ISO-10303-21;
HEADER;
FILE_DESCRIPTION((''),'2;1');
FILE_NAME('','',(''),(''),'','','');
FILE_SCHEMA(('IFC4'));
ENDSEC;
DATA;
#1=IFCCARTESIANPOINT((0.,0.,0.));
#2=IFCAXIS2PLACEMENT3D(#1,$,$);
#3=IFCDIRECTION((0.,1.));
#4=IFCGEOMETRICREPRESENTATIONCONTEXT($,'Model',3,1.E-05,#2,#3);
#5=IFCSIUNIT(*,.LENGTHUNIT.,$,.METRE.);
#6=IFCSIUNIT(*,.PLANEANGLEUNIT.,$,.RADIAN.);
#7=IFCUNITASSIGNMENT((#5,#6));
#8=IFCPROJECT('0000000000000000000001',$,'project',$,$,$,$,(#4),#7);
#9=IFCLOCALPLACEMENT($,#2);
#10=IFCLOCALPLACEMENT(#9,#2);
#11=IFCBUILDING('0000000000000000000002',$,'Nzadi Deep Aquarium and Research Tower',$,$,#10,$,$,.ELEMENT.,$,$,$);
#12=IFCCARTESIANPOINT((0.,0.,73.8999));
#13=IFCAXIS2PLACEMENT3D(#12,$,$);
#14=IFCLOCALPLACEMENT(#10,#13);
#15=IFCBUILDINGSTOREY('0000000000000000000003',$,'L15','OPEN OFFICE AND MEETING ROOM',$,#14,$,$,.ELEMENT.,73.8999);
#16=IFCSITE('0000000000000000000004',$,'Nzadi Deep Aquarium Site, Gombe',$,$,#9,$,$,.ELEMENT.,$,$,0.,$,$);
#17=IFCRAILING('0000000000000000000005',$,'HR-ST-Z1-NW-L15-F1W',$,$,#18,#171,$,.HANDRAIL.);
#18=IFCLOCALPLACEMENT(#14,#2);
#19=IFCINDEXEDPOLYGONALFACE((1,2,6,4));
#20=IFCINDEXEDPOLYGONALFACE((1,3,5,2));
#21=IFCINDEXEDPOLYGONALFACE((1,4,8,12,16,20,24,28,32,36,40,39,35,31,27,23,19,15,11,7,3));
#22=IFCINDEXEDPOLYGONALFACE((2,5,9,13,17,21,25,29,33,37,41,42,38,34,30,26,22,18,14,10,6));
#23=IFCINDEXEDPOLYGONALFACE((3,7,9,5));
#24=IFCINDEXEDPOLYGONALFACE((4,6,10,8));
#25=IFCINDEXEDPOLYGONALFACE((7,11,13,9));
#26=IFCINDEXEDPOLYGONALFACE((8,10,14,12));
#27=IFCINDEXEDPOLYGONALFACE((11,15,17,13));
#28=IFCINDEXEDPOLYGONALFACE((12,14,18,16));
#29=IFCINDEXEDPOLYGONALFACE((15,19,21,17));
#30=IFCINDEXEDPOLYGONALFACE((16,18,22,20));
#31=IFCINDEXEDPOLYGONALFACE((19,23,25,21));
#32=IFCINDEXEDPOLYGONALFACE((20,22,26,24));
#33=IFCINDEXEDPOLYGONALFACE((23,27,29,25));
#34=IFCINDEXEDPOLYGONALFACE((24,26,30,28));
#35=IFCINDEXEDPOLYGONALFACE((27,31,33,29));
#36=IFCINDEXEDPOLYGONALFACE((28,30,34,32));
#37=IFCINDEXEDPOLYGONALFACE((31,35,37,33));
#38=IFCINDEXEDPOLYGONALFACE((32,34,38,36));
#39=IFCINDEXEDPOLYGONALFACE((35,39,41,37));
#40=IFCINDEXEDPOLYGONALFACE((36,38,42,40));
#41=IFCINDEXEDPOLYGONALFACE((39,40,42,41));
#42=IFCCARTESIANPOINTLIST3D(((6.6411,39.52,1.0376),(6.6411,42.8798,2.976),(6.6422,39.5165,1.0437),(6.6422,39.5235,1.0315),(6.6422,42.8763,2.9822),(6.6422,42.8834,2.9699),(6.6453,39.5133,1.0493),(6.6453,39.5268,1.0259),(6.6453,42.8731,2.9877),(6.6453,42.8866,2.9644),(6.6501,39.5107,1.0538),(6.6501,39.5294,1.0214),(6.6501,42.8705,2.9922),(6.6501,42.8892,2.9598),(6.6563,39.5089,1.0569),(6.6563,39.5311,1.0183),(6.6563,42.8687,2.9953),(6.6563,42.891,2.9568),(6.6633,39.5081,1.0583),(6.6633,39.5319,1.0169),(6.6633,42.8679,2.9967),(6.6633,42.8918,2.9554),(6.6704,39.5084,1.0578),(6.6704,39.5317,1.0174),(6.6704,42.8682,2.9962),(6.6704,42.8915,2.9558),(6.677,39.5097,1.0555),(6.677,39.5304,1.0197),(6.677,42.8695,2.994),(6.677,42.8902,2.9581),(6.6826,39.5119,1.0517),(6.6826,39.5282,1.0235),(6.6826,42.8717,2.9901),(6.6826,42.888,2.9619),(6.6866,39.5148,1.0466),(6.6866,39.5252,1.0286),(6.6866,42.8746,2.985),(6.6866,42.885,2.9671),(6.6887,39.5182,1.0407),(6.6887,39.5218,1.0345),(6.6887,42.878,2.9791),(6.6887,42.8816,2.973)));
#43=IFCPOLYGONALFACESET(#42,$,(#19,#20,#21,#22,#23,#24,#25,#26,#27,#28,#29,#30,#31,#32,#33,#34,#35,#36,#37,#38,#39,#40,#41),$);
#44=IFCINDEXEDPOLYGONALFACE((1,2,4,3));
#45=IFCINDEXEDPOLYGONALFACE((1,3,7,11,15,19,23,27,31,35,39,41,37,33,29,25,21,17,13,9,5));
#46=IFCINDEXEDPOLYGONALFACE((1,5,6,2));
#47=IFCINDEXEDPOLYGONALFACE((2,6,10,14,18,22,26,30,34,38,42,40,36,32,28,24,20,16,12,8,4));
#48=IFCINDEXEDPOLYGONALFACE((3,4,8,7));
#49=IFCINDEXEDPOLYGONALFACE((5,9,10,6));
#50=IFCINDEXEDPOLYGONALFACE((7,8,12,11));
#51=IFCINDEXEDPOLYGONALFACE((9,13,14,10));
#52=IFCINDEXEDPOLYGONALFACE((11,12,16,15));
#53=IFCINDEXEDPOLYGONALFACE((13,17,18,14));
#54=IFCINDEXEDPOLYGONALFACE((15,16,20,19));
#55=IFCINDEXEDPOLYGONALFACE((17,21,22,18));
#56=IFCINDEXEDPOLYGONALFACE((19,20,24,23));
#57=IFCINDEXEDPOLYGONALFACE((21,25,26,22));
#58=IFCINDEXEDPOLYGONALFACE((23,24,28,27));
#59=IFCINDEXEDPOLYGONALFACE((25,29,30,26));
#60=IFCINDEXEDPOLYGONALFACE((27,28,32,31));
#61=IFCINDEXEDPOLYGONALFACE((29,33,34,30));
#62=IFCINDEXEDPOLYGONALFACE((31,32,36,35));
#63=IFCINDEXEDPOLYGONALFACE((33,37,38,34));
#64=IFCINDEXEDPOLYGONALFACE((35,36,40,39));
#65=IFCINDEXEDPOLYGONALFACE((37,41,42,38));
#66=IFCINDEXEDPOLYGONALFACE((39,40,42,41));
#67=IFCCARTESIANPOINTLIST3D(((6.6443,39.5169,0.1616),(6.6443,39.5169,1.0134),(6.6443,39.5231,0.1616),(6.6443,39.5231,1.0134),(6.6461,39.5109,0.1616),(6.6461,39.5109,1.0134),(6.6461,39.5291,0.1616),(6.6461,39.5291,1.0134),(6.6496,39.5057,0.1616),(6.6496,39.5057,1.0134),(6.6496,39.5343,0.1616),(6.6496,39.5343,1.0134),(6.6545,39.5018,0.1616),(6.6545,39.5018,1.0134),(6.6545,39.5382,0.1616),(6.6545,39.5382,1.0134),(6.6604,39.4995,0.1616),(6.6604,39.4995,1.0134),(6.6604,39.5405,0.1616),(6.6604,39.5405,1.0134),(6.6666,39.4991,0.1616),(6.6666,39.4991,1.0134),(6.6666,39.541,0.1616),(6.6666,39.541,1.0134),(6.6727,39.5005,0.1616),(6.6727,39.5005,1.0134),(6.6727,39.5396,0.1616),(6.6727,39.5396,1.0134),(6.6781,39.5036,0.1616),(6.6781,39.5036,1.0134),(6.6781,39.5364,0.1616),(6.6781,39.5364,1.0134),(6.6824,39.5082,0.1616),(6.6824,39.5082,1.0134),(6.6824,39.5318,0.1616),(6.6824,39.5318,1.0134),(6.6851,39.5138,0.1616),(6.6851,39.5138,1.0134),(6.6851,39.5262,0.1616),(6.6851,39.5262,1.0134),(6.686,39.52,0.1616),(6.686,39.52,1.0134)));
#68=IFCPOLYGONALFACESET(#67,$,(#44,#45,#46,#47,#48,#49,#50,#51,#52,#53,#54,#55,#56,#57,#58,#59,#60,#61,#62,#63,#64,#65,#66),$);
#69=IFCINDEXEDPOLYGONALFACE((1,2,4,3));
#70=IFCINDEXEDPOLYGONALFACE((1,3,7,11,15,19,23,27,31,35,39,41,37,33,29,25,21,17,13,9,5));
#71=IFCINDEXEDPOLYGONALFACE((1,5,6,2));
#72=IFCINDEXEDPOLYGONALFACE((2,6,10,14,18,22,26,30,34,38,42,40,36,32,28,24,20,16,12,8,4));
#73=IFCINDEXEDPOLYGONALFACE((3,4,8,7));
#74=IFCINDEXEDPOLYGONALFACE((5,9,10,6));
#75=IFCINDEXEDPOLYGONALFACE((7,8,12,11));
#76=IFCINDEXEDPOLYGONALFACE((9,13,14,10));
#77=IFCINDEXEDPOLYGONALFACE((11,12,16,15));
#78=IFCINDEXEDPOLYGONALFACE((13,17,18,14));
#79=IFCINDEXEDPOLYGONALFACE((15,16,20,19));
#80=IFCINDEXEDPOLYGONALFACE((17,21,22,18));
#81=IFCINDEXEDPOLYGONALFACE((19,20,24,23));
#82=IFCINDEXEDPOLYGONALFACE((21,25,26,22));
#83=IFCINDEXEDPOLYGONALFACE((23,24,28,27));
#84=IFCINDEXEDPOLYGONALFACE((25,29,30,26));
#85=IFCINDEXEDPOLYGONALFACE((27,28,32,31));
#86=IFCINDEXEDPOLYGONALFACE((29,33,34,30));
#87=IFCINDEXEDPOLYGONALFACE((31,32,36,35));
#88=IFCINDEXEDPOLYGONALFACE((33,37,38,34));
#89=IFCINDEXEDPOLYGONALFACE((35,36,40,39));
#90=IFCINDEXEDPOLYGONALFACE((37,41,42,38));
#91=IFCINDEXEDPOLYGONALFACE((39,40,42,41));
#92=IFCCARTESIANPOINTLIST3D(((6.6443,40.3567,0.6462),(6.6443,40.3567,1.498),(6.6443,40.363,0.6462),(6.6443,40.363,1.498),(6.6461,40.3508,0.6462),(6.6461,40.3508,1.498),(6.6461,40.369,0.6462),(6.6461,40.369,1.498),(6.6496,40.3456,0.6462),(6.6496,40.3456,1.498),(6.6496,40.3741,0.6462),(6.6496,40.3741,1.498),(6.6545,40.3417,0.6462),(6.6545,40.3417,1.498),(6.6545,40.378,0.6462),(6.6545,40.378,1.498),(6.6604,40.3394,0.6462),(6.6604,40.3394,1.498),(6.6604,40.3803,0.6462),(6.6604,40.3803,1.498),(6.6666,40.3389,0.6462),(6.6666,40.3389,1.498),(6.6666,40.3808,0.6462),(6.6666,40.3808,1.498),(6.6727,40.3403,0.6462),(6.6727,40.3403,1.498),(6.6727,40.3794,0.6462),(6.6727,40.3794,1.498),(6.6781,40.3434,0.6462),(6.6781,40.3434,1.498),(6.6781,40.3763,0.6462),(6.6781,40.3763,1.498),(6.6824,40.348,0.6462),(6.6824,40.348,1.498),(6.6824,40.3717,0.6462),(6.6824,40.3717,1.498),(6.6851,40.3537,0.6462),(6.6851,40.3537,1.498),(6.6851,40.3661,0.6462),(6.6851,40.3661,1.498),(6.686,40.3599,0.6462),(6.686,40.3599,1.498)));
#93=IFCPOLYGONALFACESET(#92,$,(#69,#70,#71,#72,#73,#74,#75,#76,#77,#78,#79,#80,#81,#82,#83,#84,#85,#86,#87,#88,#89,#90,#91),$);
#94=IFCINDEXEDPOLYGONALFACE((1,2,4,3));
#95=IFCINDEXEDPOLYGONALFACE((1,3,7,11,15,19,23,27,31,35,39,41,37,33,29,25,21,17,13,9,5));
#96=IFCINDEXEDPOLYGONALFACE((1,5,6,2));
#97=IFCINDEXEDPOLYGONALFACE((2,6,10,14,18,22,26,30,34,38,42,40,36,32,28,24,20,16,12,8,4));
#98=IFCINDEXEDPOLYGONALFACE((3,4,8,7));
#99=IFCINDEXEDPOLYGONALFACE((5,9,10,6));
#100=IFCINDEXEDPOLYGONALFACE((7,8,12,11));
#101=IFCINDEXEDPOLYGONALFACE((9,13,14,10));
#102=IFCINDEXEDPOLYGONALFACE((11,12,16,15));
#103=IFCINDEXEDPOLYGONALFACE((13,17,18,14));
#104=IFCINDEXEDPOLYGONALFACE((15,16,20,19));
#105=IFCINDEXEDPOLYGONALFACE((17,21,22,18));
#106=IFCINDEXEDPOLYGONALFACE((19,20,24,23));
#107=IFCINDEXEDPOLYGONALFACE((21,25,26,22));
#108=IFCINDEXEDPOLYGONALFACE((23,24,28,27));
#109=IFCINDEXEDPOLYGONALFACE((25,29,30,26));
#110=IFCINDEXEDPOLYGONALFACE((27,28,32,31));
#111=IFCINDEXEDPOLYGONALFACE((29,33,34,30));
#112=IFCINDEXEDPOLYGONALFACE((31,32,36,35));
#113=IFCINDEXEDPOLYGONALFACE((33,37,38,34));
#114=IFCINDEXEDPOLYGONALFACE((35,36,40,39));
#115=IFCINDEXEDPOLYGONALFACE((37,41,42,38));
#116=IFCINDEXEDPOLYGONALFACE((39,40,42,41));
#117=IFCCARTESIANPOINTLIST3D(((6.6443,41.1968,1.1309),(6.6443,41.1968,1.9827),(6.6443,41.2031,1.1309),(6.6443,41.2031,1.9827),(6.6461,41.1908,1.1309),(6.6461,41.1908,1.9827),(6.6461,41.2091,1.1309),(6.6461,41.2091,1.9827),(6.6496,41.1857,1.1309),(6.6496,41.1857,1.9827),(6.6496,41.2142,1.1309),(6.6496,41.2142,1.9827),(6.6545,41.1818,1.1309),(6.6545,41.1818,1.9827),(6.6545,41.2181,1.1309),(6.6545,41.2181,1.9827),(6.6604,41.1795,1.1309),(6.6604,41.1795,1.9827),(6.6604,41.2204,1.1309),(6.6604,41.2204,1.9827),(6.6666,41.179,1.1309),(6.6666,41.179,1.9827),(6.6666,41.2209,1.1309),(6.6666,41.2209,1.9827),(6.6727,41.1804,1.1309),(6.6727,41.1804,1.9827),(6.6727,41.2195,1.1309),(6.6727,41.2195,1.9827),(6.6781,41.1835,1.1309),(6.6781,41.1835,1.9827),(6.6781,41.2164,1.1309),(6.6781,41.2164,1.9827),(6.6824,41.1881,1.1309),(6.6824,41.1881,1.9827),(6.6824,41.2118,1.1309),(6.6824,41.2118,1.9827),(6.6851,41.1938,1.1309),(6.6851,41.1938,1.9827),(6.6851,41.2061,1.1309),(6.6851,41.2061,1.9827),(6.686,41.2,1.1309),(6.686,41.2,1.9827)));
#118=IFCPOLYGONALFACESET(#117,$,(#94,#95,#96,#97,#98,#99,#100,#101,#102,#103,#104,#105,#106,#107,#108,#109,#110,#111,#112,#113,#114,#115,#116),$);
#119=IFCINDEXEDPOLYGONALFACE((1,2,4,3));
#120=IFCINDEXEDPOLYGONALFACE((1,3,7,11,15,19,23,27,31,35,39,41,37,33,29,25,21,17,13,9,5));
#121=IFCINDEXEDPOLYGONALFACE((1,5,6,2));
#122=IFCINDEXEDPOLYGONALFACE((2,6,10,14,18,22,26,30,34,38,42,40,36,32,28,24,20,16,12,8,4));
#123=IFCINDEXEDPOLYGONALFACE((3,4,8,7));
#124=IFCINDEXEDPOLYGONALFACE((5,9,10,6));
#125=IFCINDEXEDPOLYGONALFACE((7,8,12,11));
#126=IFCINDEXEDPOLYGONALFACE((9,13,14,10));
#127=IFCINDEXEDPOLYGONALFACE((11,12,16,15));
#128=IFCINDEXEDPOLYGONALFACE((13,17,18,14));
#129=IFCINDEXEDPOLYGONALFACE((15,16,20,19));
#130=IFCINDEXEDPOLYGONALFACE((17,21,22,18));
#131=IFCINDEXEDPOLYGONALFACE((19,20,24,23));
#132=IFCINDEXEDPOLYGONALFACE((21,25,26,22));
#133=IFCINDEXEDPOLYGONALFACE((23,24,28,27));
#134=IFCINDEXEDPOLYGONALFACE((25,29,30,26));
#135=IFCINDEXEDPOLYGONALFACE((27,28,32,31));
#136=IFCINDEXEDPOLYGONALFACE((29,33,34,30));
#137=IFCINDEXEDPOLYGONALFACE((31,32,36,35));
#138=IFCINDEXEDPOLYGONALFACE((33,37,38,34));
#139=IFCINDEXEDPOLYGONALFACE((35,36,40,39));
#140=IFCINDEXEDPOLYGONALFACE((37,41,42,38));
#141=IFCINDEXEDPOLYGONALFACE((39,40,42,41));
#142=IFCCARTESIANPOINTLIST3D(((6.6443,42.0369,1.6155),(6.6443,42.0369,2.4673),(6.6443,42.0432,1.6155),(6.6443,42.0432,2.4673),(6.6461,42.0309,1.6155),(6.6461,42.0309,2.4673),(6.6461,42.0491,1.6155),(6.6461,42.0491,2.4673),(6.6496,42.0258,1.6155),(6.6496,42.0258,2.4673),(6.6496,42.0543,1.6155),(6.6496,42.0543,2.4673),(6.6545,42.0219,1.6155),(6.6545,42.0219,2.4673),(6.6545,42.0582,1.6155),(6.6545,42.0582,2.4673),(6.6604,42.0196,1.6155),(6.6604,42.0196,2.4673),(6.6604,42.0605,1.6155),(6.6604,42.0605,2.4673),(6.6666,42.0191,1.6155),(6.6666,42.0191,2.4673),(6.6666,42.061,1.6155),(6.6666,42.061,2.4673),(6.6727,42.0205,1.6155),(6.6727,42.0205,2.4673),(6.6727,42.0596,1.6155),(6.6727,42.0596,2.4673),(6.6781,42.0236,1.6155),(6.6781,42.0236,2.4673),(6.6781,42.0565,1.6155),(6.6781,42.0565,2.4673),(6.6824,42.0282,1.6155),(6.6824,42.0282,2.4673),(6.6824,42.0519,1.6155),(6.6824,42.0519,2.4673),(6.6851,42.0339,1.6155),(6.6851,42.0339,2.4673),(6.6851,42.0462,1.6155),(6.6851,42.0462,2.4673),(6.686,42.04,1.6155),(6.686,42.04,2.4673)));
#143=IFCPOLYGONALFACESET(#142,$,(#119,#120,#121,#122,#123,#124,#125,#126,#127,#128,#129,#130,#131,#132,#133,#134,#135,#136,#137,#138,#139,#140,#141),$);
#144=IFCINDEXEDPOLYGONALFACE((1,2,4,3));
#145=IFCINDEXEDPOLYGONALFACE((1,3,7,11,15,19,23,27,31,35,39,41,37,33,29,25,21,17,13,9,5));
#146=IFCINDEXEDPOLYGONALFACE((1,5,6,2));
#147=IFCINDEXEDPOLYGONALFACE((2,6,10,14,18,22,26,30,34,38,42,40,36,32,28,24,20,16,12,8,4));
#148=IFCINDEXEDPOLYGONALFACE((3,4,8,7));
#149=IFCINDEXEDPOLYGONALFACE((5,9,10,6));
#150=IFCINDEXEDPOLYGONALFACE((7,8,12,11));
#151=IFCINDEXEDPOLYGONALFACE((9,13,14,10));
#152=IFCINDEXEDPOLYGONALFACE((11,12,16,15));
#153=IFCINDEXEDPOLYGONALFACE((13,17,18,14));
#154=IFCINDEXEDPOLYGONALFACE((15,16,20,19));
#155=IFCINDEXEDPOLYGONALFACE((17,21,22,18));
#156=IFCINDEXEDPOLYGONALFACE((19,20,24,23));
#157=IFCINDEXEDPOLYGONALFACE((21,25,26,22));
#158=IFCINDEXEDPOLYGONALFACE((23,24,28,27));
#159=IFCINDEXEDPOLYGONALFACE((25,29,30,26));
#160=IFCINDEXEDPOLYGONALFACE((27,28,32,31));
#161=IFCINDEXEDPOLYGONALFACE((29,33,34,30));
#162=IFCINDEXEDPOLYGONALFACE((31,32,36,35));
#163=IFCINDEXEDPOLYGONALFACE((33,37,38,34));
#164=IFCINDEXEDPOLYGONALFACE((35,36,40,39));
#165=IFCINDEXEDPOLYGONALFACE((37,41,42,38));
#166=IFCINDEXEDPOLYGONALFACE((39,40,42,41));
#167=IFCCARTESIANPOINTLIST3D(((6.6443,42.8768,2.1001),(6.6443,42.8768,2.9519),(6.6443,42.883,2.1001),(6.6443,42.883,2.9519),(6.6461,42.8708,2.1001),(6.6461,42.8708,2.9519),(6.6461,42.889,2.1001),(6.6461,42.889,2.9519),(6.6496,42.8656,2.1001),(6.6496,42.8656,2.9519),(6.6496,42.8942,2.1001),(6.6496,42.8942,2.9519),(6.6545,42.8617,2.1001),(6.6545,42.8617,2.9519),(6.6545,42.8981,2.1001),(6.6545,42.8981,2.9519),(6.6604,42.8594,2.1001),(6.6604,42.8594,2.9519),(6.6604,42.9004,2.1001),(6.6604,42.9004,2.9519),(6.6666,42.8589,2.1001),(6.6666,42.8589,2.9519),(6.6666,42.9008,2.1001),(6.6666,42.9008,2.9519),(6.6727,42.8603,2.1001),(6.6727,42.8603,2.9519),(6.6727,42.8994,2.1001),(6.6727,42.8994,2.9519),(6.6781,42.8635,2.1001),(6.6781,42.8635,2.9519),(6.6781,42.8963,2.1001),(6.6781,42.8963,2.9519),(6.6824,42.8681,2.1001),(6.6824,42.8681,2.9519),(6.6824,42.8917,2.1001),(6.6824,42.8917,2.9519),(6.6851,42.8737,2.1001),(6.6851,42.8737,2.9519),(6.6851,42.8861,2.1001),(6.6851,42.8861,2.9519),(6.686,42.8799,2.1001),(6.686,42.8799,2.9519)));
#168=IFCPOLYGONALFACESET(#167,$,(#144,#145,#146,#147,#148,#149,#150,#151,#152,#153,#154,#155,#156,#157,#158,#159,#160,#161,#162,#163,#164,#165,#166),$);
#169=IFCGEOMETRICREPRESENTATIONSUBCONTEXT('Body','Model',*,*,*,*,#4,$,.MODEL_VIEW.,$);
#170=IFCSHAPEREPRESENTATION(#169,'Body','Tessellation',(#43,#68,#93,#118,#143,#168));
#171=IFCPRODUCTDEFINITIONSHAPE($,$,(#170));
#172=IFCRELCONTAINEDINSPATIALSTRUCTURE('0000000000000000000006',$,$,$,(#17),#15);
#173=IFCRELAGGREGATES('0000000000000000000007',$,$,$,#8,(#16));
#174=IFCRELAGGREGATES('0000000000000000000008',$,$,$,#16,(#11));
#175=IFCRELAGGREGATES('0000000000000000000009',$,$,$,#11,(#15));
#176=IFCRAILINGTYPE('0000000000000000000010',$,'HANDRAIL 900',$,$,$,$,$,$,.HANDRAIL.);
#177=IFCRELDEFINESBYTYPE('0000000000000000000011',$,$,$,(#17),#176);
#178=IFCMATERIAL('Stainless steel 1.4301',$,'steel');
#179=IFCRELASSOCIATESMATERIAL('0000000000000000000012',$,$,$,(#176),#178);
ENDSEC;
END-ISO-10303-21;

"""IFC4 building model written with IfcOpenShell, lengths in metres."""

from ifc_helpers import new_model, si_unit, direction, frame, origin, origin_2d, place, context, subcontext, project, spatial, circle, extrude, material, type_object, element, save


model = new_model("IFC4")

# Units and contexts
model_context = context("Model", 3, precision=1e-05, world=origin(), true_north=direction((0.0, 1.0)))
body_context = subcontext(model_context, "Body", "Model", "MODEL_VIEW")
ifc_project = project(units=[si_unit("LENGTHUNIT", "METRE"), si_unit("PLANEANGLEUNIT", "RADIAN")], contexts=[model_context])

# Site, building, storey
site_placement = place(None, origin())
site = spatial("IfcSite", under=ifc_project, at=site_placement, Name="Nzadi Deep Aquarium Site, Gombe", CompositionType="ELEMENT", RefElevation=0.0)
building_placement = place(site_placement, origin())
building = spatial("IfcBuilding", under=site, at=building_placement, Name="Nzadi Deep Aquarium and Research Tower", CompositionType="ELEMENT")
storey_placement = place(building_placement, frame((0.0, 0.0, 73.8999)))
storey = spatial("IfcBuildingStorey", under=building, at=storey_placement, Name="L15", Description="OPEN OFFICE AND MEETING ROOM", CompositionType="ELEMENT", Elevation=73.8999)

# Railing
ifc_material_1 = material(Name="Stainless steel 1.4301", Category="steel")
railing_type = type_object("IfcRailingType", Name="HANDRAIL 900", PredefinedType="HANDRAIL", material=ifc_material_1)
for number, where, name in (
    (1, (6.665, 39.52, 0.1616), "HR-ST-Z1-NW-L15-F1W"),
):
    element("IfcRailing", number, at=place(storey_placement, frame(where)), inside=storey, type_object=railing_type, Name=name, PredefinedType="HANDRAIL", context=body_context, shape_type="SweptSolid", body=[
        extrude(circle(Radius=0.0239, at=origin_2d()), frame((0.0, 0.0, 0.876), z_axis=(0.0, 0.866175, 0.499741), x_axis=(-1.0, 0.0, 0.0)), (0.0, 0.0, 1.0), 3.8789),
        extrude(circle(Radius=0.021, at=origin_2d()), origin(), (0.0, 0.0, 1.0), 0.8518),
        extrude(circle(Radius=0.021, at=origin_2d()), frame((0.0, 0.8398, 0.4846)), (0.0, 0.0, 1.0), 0.8518),
        extrude(circle(Radius=0.021, at=origin_2d()), frame((0.0, 1.6799, 0.9692)), (0.0, 0.0, 1.0), 0.8518),
        extrude(circle(Radius=0.021, at=origin_2d()), frame((0.0, 2.52, 1.4539)), (0.0, 0.0, 1.0), 0.8518),
        extrude(circle(Radius=0.021, at=origin_2d()), frame((0.0, 3.3599, 1.9385)), (0.0, 0.0, 1.0), 0.8518),
    ])

save(model, "model.ifc")
